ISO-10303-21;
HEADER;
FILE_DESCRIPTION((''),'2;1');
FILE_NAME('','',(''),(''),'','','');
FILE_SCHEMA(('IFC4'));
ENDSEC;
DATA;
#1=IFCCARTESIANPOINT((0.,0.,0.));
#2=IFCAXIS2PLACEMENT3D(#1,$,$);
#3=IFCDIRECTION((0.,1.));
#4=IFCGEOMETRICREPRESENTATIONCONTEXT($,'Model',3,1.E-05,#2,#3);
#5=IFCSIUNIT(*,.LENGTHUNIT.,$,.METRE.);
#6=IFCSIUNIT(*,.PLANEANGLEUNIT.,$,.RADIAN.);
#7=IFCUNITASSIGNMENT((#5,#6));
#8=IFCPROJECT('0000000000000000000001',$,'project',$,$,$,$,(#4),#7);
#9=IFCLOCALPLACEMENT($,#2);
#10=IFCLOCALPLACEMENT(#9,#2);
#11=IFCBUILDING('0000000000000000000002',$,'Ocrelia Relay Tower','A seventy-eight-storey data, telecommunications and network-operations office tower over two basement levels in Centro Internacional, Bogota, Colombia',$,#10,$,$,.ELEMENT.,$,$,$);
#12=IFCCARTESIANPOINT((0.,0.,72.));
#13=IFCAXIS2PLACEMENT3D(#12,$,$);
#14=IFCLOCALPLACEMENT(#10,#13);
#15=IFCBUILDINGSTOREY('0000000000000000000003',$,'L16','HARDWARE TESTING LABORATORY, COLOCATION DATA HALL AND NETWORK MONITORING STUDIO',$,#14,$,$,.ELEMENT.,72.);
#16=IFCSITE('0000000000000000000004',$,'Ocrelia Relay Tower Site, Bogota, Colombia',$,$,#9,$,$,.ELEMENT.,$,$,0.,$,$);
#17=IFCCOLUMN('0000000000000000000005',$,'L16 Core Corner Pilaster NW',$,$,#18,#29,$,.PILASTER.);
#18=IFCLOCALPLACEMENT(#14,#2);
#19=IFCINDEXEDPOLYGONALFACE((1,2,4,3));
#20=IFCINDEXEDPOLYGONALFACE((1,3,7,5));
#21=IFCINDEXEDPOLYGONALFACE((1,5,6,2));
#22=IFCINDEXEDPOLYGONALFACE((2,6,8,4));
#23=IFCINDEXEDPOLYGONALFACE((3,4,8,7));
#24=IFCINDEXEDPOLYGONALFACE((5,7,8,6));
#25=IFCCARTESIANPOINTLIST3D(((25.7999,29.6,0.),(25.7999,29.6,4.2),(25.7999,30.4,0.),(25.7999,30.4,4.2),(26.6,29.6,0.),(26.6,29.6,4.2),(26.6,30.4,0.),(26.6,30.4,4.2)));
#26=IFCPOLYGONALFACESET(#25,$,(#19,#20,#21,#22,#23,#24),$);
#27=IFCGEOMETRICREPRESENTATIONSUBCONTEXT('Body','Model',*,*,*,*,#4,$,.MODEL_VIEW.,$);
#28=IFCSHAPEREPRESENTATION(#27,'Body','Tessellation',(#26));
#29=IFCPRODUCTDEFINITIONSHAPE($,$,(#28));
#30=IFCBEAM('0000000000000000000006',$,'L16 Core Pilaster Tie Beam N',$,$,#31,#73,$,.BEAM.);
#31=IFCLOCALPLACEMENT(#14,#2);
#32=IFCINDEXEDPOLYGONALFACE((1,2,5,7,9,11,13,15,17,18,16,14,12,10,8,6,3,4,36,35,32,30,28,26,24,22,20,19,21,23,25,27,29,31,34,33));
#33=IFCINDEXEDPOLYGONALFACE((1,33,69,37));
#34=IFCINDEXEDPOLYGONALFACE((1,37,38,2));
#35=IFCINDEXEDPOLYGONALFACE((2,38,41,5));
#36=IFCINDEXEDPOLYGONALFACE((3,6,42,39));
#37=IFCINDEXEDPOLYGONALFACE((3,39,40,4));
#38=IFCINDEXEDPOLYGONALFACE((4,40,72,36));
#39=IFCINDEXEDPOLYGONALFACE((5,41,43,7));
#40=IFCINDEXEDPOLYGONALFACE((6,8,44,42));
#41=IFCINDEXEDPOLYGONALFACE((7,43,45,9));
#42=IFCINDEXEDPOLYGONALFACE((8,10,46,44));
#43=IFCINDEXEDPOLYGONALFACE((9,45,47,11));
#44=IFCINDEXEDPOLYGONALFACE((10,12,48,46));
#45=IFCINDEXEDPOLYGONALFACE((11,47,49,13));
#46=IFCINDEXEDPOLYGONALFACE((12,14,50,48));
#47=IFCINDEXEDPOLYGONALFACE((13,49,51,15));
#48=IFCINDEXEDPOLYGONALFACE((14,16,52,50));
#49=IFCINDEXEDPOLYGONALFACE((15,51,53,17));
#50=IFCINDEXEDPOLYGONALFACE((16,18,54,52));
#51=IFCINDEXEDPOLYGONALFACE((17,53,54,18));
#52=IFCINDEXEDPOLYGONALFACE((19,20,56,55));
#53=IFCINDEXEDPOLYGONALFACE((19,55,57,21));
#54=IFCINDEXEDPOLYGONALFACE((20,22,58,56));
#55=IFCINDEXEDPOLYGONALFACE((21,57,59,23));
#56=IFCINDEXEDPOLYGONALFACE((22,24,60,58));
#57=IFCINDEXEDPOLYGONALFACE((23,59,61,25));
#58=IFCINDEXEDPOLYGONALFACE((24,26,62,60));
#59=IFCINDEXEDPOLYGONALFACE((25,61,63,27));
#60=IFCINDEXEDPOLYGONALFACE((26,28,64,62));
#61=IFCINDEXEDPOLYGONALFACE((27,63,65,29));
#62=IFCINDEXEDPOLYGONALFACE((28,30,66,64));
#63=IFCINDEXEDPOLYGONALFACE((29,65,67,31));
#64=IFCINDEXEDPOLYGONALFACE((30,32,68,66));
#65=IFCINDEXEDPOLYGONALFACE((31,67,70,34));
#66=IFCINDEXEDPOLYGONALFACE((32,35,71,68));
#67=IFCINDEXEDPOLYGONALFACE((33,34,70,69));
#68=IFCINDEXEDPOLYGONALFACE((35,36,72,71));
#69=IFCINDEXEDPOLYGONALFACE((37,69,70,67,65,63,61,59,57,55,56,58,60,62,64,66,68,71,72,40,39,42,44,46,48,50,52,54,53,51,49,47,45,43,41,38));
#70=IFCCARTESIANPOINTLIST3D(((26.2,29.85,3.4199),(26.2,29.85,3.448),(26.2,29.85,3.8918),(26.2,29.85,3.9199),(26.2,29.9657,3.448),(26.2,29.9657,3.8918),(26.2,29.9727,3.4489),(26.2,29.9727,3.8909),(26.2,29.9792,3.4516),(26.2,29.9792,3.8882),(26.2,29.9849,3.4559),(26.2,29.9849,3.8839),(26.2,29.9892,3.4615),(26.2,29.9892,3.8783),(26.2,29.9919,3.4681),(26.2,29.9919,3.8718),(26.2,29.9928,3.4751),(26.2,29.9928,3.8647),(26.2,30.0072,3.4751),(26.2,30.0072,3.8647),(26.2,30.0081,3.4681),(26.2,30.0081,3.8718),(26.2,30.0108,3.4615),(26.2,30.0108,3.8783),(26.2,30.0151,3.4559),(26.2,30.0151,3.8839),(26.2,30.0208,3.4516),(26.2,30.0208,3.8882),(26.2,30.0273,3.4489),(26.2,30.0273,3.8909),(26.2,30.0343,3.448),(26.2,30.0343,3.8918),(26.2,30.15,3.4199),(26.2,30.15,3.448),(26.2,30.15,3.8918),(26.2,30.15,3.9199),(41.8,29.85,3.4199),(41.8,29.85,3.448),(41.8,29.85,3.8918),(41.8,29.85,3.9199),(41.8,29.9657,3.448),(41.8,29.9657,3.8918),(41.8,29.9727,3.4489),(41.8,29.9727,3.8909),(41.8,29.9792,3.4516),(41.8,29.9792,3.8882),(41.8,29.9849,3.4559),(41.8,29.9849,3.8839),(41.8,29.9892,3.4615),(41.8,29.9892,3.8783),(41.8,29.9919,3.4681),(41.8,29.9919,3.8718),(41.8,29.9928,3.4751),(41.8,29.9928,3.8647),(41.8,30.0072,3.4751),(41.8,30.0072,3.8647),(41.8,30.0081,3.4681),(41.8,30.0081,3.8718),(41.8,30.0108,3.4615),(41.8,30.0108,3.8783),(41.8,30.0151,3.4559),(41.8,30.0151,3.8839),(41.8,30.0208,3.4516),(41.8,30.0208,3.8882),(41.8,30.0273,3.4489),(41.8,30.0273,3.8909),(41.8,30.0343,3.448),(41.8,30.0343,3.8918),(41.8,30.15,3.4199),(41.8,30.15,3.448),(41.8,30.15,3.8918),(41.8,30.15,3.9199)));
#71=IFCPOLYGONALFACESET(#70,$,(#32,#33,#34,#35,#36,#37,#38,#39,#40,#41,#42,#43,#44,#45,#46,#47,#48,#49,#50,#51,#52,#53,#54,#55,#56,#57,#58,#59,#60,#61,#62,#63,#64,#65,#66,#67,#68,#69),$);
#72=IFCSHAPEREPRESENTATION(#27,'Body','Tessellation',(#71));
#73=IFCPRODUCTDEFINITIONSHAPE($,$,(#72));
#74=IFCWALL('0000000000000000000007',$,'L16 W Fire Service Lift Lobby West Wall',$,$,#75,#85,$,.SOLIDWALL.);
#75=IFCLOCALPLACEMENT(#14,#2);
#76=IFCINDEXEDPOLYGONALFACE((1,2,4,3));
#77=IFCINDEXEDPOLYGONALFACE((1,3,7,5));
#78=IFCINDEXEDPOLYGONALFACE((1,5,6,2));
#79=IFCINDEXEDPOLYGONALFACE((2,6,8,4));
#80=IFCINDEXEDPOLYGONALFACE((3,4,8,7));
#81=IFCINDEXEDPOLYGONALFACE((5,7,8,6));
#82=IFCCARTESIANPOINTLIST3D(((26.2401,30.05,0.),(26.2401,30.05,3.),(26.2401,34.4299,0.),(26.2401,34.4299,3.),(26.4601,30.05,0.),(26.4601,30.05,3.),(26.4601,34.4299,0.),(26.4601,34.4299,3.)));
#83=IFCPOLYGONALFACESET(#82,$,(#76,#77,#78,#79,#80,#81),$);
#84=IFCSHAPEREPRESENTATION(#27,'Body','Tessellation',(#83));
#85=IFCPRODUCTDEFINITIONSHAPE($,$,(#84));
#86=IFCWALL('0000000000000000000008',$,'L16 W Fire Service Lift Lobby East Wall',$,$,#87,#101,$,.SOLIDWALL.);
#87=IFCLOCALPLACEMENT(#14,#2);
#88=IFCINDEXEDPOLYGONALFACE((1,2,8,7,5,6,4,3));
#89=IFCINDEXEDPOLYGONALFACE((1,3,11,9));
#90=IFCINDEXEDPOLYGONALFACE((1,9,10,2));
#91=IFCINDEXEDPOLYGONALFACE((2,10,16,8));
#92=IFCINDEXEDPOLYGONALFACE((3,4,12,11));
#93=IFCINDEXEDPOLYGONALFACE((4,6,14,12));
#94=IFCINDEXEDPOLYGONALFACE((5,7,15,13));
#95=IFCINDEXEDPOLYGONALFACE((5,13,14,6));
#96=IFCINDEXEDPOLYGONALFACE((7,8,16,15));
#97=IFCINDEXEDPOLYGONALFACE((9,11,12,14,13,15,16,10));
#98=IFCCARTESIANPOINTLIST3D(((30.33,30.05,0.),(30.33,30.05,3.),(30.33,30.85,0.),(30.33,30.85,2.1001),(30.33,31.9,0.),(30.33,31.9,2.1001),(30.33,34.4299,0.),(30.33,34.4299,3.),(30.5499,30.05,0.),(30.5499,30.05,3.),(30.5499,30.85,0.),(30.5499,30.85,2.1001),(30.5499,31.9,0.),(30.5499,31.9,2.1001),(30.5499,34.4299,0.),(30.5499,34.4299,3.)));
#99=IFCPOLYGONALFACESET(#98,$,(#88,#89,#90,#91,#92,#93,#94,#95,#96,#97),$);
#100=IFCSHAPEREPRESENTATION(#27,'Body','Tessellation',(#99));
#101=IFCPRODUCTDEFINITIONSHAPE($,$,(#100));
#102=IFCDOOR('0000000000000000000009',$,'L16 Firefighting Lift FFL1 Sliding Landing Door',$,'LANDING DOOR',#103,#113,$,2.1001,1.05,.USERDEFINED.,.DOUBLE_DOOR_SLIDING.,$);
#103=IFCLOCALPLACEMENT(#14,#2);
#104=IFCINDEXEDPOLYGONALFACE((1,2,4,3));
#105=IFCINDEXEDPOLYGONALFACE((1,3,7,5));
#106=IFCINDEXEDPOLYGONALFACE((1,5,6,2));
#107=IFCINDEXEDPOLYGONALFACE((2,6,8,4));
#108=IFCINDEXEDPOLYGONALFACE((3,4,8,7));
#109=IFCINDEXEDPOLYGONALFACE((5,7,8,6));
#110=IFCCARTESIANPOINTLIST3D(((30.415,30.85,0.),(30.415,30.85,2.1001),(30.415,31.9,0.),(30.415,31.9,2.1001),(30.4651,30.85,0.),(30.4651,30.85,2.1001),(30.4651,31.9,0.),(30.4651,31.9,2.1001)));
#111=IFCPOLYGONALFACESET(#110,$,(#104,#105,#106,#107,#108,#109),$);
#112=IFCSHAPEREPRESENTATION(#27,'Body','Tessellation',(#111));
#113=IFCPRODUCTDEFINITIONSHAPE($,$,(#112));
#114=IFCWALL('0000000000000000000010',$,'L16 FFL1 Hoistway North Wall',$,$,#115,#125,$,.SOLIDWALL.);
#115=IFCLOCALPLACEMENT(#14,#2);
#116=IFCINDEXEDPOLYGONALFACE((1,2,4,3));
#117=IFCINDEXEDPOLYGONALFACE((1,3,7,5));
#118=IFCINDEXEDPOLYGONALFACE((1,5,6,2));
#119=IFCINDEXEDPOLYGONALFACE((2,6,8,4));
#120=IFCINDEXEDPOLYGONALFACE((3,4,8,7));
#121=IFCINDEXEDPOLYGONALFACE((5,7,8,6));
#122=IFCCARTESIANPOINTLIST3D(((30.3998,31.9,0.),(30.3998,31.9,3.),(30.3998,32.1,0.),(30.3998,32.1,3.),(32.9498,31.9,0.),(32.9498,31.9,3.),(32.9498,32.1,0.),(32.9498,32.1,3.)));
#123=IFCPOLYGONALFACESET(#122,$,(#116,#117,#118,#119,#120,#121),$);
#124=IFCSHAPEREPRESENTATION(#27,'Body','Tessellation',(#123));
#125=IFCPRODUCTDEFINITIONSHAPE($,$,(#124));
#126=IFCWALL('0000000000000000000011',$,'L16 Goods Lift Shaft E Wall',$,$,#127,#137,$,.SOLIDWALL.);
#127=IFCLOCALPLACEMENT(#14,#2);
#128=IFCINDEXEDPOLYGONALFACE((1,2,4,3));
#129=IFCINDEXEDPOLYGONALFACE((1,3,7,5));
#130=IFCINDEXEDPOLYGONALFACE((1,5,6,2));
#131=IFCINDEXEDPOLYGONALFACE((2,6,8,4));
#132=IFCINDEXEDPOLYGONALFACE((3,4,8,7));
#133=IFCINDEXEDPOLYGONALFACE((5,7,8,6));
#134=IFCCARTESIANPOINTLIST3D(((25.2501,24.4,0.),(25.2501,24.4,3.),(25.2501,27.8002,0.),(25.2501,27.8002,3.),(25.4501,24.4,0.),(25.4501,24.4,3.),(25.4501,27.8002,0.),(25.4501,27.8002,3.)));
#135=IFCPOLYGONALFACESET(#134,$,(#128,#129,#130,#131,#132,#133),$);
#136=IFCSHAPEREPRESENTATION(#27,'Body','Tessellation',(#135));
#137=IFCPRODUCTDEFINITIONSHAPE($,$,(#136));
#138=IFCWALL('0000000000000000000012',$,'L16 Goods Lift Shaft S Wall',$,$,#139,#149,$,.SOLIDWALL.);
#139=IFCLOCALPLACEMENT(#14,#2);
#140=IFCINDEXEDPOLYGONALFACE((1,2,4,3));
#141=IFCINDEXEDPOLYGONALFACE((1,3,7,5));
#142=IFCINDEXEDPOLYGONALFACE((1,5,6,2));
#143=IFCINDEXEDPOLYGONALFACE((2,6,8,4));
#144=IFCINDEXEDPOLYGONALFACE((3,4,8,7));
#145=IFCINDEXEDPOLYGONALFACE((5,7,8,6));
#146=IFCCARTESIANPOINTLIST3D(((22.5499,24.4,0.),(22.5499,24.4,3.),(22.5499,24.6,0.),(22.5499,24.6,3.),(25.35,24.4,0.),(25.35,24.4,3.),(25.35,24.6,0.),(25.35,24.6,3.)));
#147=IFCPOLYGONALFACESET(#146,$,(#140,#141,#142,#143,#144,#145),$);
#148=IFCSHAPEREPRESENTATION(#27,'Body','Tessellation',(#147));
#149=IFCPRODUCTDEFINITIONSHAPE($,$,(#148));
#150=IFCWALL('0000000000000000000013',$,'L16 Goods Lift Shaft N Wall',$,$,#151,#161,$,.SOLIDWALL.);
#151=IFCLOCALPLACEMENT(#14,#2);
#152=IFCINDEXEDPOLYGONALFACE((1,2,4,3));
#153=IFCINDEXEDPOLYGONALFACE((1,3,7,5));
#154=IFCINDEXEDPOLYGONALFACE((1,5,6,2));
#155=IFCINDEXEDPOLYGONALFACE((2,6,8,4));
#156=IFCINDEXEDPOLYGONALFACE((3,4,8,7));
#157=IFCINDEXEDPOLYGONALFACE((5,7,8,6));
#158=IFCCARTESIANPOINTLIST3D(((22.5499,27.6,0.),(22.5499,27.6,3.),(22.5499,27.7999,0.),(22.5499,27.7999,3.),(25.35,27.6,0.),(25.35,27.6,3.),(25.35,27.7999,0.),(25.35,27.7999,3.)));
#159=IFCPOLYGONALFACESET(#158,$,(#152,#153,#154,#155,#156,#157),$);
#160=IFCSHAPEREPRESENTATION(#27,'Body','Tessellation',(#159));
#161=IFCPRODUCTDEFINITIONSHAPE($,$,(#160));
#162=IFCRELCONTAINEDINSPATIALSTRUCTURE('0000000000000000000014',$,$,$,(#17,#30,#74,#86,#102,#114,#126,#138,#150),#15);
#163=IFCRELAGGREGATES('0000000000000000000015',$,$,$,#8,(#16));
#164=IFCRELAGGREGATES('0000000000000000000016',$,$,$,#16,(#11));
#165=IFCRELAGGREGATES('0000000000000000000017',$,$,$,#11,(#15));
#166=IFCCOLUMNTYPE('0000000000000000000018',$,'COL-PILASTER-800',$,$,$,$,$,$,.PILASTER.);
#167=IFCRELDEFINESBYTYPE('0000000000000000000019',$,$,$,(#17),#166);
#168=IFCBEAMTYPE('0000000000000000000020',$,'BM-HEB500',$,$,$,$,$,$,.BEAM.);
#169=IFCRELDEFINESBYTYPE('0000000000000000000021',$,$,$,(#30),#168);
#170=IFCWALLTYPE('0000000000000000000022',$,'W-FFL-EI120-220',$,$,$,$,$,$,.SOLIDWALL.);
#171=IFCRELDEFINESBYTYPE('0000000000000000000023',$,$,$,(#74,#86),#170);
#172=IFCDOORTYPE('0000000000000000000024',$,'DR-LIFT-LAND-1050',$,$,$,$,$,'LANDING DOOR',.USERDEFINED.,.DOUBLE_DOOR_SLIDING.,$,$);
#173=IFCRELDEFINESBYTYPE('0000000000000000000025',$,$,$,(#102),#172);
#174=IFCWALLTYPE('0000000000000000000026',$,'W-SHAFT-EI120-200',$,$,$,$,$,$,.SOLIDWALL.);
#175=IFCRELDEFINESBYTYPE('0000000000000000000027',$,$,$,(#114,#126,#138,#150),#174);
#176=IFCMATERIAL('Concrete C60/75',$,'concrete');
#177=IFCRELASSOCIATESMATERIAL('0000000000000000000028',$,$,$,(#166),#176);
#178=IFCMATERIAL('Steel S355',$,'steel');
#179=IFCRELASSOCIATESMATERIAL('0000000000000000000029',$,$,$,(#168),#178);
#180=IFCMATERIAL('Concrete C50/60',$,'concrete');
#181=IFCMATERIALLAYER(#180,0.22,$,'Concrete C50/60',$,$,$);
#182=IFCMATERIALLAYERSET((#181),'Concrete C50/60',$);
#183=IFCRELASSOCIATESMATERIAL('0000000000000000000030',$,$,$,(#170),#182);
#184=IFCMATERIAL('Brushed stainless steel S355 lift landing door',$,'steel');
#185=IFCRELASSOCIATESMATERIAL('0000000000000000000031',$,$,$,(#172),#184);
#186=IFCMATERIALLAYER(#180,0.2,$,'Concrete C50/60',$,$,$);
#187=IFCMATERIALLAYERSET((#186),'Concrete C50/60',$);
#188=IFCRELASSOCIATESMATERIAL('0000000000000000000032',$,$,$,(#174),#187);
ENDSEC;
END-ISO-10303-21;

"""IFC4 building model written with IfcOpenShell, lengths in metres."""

from ifc_helpers import new_model, si_unit, direction, frame, frame_2d, origin, origin_2d, place, context, subcontext, project, spatial, rectangle, i_section, extrude, material, layer, layer_set, material_profile, profile_set, type_object, element, fill, save


model = new_model("IFC4")

# Units and contexts
model_context = context("Model", 3, precision=1e-05, world=origin(), true_north=direction((0.0, 1.0)))
body_context = subcontext(model_context, "Body", "Model", "MODEL_VIEW")
ifc_project = project(units=[si_unit("LENGTHUNIT", "METRE"), si_unit("PLANEANGLEUNIT", "RADIAN")], contexts=[model_context])

# Site, building, storey
site_placement = place(None, origin())
site = spatial("IfcSite", under=ifc_project, at=site_placement, Name="Ocrelia Relay Tower Site, Bogota, Colombia", CompositionType="ELEMENT", RefElevation=0.0)
building_placement = place(site_placement, origin())
building = spatial("IfcBuilding", under=site, at=building_placement, Name="Ocrelia Relay Tower", Description="A seventy-eight-storey data, telecommunications and network-operations office tower over two basement levels in Centro Internacional, Bogota, Colombia", CompositionType="ELEMENT")
storey_placement = place(building_placement, frame((0.0, 0.0, 72.0)))
storey = spatial("IfcBuildingStorey", under=building, at=storey_placement, Name="L16", Description="HARDWARE TESTING LABORATORY, COLOCATION DATA HALL AND NETWORK MONITORING STUDIO", CompositionType="ELEMENT", Elevation=72.0)

# Column
ifc_material_1 = material(Name="Concrete C60/75", Category="concrete")
ifc_material_profile_1 = material_profile(ifc_material_1, rectangle(XDim=0.8, YDim=0.8, at=origin_2d()), Name="RC-COL-800x800")
ifc_profile_set_1 = profile_set([ifc_material_profile_1], Name="Concrete C60/75")
column_type = type_object("IfcColumnType", Name="COL-PILASTER-800", PredefinedType="PILASTER", material=ifc_profile_set_1)
column_placement = place(storey_placement, frame((26.2, 30.0, 0.0), z_axis=(0.0, 0.0, 1.0), x_axis=(1.0, 0.0, 0.0)))
element("IfcColumn", 1, at=column_placement, inside=storey, type_object=column_type, Name="L16 Core Corner Pilaster NW", PredefinedType="PILASTER", context=body_context, shape_type="SweptSolid", body=[
    extrude(rectangle(XDim=0.8, YDim=0.8, at=origin_2d()), origin(), (0.0, 0.0, 1.0), 4.2),
])

# Beam
ifc_material_2 = material(Name="Steel S355", Category="steel")
ifc_material_profile_2 = material_profile(ifc_material_2, i_section(OverallWidth=0.3, OverallDepth=0.5, WebThickness=0.0144, FlangeThickness=0.0281, FilletRadius=0.0271, at=origin_2d()), Name="HEB 500")
ifc_profile_set_2 = profile_set([ifc_material_profile_2], Name="Steel S355")
beam_type = type_object("IfcBeamType", Name="BM-HEB500", PredefinedType="BEAM", material=ifc_profile_set_2)
beam_placement = place(storey_placement, frame((26.2, 30.0, 3.6699), z_axis=(1.0, 0.0, 0.0), x_axis=(0.0, 1.0, 0.0)))
element("IfcBeam", 2, at=beam_placement, inside=storey, type_object=beam_type, Name="L16 Core Pilaster Tie Beam N", PredefinedType="BEAM", context=body_context, shape_type="SweptSolid", body=[
    extrude(i_section(OverallWidth=0.3, OverallDepth=0.5, WebThickness=0.0144, FlangeThickness=0.0281, FilletRadius=0.0271, at=origin_2d()), origin(), (0.0, 0.0, 1.0), 15.6001),
])

# Wall
ifc_material_3 = material(Name="Concrete C50/60", Category="concrete")
ifc_layer_1 = layer(ifc_material_3, 0.22, Name="Concrete C50/60")
ifc_layer_set_1 = layer_set([ifc_layer_1], Name="Concrete C50/60")
wall_type_1 = type_object("IfcWallType", Name="W-FFL-EI120-220", PredefinedType="SOLIDWALL", material=ifc_layer_set_1)
wall_1_placement = place(storey_placement, frame((26.3501, 30.05, 0.0), z_axis=(0.0, 0.0, 1.0), x_axis=(0.0, 1.0, 0.0)))
element("IfcWall", 3, at=wall_1_placement, inside=storey, type_object=wall_type_1, Name="L16 W Fire Service Lift Lobby West Wall", PredefinedType="SOLIDWALL", context=body_context, shape_type="SweptSolid", body=[
    extrude(rectangle(XDim=4.3799, YDim=0.22, at=frame_2d((2.1899, 0.0))), origin(), (0.0, 0.0, 1.0), 3.0),
])

# Wall, opening, door
wall_2_placement = place(storey_placement, frame((30.4399, 30.05, 0.0), z_axis=(0.0, 0.0, 1.0), x_axis=(0.0, 1.0, 0.0)))
wall_2 = element("IfcWall", 4, at=wall_2_placement, inside=storey, type_object=wall_type_1, Name="L16 W Fire Service Lift Lobby East Wall", PredefinedType="SOLIDWALL", context=body_context, shape_type="SweptSolid", body=[
    extrude(rectangle(XDim=4.3799, YDim=0.22, at=frame_2d((2.1899, 0.0))), origin(), (0.0, 0.0, 1.0), 3.0),
])
opening_1_placement = place(wall_2_placement, frame((0.8, 0.0, 0.0)))
opening_1 = element("IfcOpeningElement", 5, at=opening_1_placement, cuts=wall_2, PredefinedType="OPENING", context=body_context, shape_type="SweptSolid", body=[
    extrude(rectangle(XDim=1.05, YDim=2.1001, at=frame_2d((0.5249, 1.05))), frame((0.0, 0.1201, 0.0), z_axis=(0.0, -1.0, 0.0), x_axis=(1.0, 0.0, 0.0)), (0.0, 0.0, 1.0), 0.24),
])
ifc_material_4 = material(Name="Brushed stainless steel S355 lift landing door", Category="steel")
door_type_1 = type_object("IfcDoorType", Name="DR-LIFT-LAND-1050", ElementType="LANDING DOOR", OperationType="DOUBLE_DOOR_SLIDING", PredefinedType="USERDEFINED", material=ifc_material_4)
door_1_placement = place(opening_1_placement, origin())
door_1 = element("IfcDoor", 6, at=door_1_placement, inside=storey, type_object=door_type_1, Name="L16 Firefighting Lift FFL1 Sliding Landing Door", ObjectType="LANDING DOOR", OperationType="DOUBLE_DOOR_SLIDING", OverallHeight=2.1001, OverallWidth=1.05, PredefinedType="USERDEFINED", context=body_context, shape_type="SweptSolid", body=[
    extrude(rectangle(XDim=1.05, YDim=2.1001, at=frame_2d((0.5249, 1.05))), frame((0.0, 0.0249, 0.0), z_axis=(0.0, -1.0, 0.0), x_axis=(1.0, 0.0, 0.0)), (0.0, 0.0, 1.0), 0.05),
])
fill(opening_1, door_1)

# Wall
ifc_layer_2 = layer(ifc_material_3, 0.2, Name="Concrete C50/60")
ifc_layer_set_2 = layer_set([ifc_layer_2], Name="Concrete C50/60")
wall_type_2 = type_object("IfcWallType", Name="W-SHAFT-EI120-200", PredefinedType="SOLIDWALL", material=ifc_layer_set_2)
wall_3_placement = place(storey_placement, frame((30.3999, 32.0, 0.0), z_axis=(0.0, 0.0, 1.0), x_axis=(1.0, 0.0, 0.0)))
element("IfcWall", 7, at=wall_3_placement, inside=storey, type_object=wall_type_2, Name="L16 FFL1 Hoistway North Wall", PredefinedType="SOLIDWALL", context=body_context, shape_type="SweptSolid", body=[
    extrude(rectangle(XDim=2.55, YDim=0.2, at=frame_2d((1.2749, 0.0))), origin(), (0.0, 0.0, 1.0), 3.0),
])

# Walls
wall_4_placement = place(storey_placement, frame((25.3501, 24.3999, 0.0), z_axis=(0.0, 0.0, 1.0), x_axis=(0.0, 1.0, 0.0)))
element("IfcWall", 8, at=wall_4_placement, inside=storey, type_object=wall_type_2, Name="L16 Goods Lift Shaft E Wall", PredefinedType="SOLIDWALL", context=body_context, shape_type="SweptSolid", body=[
    extrude(rectangle(XDim=3.4001, YDim=0.2, at=frame_2d((1.7002, 0.0))), origin(), (0.0, 0.0, 1.0), 3.0),
])
for number, where, z_axis, x_axis, name in (
    (9, (22.55, 24.5, 0.0), (0.0, 0.0, 1.0), (1.0, 0.0, 0.0), "L16 Goods Lift Shaft S Wall"),
    (10, (22.55, 27.7, 0.0), (0.0, 0.0, 1.0), (1.0, 0.0, 0.0), "L16 Goods Lift Shaft N Wall"),
):
    element("IfcWall", number, at=place(storey_placement, frame(where, z_axis=z_axis, x_axis=x_axis)), inside=storey, type_object=wall_type_2, Name=name, PredefinedType="SOLIDWALL", context=body_context, shape_type="SweptSolid", body=[
        extrude(rectangle(XDim=2.8, YDim=0.2, at=frame_2d((1.3999, 0.0))), origin(), (0.0, 0.0, 1.0), 3.0),
    ])

save(model, "model.ifc")
